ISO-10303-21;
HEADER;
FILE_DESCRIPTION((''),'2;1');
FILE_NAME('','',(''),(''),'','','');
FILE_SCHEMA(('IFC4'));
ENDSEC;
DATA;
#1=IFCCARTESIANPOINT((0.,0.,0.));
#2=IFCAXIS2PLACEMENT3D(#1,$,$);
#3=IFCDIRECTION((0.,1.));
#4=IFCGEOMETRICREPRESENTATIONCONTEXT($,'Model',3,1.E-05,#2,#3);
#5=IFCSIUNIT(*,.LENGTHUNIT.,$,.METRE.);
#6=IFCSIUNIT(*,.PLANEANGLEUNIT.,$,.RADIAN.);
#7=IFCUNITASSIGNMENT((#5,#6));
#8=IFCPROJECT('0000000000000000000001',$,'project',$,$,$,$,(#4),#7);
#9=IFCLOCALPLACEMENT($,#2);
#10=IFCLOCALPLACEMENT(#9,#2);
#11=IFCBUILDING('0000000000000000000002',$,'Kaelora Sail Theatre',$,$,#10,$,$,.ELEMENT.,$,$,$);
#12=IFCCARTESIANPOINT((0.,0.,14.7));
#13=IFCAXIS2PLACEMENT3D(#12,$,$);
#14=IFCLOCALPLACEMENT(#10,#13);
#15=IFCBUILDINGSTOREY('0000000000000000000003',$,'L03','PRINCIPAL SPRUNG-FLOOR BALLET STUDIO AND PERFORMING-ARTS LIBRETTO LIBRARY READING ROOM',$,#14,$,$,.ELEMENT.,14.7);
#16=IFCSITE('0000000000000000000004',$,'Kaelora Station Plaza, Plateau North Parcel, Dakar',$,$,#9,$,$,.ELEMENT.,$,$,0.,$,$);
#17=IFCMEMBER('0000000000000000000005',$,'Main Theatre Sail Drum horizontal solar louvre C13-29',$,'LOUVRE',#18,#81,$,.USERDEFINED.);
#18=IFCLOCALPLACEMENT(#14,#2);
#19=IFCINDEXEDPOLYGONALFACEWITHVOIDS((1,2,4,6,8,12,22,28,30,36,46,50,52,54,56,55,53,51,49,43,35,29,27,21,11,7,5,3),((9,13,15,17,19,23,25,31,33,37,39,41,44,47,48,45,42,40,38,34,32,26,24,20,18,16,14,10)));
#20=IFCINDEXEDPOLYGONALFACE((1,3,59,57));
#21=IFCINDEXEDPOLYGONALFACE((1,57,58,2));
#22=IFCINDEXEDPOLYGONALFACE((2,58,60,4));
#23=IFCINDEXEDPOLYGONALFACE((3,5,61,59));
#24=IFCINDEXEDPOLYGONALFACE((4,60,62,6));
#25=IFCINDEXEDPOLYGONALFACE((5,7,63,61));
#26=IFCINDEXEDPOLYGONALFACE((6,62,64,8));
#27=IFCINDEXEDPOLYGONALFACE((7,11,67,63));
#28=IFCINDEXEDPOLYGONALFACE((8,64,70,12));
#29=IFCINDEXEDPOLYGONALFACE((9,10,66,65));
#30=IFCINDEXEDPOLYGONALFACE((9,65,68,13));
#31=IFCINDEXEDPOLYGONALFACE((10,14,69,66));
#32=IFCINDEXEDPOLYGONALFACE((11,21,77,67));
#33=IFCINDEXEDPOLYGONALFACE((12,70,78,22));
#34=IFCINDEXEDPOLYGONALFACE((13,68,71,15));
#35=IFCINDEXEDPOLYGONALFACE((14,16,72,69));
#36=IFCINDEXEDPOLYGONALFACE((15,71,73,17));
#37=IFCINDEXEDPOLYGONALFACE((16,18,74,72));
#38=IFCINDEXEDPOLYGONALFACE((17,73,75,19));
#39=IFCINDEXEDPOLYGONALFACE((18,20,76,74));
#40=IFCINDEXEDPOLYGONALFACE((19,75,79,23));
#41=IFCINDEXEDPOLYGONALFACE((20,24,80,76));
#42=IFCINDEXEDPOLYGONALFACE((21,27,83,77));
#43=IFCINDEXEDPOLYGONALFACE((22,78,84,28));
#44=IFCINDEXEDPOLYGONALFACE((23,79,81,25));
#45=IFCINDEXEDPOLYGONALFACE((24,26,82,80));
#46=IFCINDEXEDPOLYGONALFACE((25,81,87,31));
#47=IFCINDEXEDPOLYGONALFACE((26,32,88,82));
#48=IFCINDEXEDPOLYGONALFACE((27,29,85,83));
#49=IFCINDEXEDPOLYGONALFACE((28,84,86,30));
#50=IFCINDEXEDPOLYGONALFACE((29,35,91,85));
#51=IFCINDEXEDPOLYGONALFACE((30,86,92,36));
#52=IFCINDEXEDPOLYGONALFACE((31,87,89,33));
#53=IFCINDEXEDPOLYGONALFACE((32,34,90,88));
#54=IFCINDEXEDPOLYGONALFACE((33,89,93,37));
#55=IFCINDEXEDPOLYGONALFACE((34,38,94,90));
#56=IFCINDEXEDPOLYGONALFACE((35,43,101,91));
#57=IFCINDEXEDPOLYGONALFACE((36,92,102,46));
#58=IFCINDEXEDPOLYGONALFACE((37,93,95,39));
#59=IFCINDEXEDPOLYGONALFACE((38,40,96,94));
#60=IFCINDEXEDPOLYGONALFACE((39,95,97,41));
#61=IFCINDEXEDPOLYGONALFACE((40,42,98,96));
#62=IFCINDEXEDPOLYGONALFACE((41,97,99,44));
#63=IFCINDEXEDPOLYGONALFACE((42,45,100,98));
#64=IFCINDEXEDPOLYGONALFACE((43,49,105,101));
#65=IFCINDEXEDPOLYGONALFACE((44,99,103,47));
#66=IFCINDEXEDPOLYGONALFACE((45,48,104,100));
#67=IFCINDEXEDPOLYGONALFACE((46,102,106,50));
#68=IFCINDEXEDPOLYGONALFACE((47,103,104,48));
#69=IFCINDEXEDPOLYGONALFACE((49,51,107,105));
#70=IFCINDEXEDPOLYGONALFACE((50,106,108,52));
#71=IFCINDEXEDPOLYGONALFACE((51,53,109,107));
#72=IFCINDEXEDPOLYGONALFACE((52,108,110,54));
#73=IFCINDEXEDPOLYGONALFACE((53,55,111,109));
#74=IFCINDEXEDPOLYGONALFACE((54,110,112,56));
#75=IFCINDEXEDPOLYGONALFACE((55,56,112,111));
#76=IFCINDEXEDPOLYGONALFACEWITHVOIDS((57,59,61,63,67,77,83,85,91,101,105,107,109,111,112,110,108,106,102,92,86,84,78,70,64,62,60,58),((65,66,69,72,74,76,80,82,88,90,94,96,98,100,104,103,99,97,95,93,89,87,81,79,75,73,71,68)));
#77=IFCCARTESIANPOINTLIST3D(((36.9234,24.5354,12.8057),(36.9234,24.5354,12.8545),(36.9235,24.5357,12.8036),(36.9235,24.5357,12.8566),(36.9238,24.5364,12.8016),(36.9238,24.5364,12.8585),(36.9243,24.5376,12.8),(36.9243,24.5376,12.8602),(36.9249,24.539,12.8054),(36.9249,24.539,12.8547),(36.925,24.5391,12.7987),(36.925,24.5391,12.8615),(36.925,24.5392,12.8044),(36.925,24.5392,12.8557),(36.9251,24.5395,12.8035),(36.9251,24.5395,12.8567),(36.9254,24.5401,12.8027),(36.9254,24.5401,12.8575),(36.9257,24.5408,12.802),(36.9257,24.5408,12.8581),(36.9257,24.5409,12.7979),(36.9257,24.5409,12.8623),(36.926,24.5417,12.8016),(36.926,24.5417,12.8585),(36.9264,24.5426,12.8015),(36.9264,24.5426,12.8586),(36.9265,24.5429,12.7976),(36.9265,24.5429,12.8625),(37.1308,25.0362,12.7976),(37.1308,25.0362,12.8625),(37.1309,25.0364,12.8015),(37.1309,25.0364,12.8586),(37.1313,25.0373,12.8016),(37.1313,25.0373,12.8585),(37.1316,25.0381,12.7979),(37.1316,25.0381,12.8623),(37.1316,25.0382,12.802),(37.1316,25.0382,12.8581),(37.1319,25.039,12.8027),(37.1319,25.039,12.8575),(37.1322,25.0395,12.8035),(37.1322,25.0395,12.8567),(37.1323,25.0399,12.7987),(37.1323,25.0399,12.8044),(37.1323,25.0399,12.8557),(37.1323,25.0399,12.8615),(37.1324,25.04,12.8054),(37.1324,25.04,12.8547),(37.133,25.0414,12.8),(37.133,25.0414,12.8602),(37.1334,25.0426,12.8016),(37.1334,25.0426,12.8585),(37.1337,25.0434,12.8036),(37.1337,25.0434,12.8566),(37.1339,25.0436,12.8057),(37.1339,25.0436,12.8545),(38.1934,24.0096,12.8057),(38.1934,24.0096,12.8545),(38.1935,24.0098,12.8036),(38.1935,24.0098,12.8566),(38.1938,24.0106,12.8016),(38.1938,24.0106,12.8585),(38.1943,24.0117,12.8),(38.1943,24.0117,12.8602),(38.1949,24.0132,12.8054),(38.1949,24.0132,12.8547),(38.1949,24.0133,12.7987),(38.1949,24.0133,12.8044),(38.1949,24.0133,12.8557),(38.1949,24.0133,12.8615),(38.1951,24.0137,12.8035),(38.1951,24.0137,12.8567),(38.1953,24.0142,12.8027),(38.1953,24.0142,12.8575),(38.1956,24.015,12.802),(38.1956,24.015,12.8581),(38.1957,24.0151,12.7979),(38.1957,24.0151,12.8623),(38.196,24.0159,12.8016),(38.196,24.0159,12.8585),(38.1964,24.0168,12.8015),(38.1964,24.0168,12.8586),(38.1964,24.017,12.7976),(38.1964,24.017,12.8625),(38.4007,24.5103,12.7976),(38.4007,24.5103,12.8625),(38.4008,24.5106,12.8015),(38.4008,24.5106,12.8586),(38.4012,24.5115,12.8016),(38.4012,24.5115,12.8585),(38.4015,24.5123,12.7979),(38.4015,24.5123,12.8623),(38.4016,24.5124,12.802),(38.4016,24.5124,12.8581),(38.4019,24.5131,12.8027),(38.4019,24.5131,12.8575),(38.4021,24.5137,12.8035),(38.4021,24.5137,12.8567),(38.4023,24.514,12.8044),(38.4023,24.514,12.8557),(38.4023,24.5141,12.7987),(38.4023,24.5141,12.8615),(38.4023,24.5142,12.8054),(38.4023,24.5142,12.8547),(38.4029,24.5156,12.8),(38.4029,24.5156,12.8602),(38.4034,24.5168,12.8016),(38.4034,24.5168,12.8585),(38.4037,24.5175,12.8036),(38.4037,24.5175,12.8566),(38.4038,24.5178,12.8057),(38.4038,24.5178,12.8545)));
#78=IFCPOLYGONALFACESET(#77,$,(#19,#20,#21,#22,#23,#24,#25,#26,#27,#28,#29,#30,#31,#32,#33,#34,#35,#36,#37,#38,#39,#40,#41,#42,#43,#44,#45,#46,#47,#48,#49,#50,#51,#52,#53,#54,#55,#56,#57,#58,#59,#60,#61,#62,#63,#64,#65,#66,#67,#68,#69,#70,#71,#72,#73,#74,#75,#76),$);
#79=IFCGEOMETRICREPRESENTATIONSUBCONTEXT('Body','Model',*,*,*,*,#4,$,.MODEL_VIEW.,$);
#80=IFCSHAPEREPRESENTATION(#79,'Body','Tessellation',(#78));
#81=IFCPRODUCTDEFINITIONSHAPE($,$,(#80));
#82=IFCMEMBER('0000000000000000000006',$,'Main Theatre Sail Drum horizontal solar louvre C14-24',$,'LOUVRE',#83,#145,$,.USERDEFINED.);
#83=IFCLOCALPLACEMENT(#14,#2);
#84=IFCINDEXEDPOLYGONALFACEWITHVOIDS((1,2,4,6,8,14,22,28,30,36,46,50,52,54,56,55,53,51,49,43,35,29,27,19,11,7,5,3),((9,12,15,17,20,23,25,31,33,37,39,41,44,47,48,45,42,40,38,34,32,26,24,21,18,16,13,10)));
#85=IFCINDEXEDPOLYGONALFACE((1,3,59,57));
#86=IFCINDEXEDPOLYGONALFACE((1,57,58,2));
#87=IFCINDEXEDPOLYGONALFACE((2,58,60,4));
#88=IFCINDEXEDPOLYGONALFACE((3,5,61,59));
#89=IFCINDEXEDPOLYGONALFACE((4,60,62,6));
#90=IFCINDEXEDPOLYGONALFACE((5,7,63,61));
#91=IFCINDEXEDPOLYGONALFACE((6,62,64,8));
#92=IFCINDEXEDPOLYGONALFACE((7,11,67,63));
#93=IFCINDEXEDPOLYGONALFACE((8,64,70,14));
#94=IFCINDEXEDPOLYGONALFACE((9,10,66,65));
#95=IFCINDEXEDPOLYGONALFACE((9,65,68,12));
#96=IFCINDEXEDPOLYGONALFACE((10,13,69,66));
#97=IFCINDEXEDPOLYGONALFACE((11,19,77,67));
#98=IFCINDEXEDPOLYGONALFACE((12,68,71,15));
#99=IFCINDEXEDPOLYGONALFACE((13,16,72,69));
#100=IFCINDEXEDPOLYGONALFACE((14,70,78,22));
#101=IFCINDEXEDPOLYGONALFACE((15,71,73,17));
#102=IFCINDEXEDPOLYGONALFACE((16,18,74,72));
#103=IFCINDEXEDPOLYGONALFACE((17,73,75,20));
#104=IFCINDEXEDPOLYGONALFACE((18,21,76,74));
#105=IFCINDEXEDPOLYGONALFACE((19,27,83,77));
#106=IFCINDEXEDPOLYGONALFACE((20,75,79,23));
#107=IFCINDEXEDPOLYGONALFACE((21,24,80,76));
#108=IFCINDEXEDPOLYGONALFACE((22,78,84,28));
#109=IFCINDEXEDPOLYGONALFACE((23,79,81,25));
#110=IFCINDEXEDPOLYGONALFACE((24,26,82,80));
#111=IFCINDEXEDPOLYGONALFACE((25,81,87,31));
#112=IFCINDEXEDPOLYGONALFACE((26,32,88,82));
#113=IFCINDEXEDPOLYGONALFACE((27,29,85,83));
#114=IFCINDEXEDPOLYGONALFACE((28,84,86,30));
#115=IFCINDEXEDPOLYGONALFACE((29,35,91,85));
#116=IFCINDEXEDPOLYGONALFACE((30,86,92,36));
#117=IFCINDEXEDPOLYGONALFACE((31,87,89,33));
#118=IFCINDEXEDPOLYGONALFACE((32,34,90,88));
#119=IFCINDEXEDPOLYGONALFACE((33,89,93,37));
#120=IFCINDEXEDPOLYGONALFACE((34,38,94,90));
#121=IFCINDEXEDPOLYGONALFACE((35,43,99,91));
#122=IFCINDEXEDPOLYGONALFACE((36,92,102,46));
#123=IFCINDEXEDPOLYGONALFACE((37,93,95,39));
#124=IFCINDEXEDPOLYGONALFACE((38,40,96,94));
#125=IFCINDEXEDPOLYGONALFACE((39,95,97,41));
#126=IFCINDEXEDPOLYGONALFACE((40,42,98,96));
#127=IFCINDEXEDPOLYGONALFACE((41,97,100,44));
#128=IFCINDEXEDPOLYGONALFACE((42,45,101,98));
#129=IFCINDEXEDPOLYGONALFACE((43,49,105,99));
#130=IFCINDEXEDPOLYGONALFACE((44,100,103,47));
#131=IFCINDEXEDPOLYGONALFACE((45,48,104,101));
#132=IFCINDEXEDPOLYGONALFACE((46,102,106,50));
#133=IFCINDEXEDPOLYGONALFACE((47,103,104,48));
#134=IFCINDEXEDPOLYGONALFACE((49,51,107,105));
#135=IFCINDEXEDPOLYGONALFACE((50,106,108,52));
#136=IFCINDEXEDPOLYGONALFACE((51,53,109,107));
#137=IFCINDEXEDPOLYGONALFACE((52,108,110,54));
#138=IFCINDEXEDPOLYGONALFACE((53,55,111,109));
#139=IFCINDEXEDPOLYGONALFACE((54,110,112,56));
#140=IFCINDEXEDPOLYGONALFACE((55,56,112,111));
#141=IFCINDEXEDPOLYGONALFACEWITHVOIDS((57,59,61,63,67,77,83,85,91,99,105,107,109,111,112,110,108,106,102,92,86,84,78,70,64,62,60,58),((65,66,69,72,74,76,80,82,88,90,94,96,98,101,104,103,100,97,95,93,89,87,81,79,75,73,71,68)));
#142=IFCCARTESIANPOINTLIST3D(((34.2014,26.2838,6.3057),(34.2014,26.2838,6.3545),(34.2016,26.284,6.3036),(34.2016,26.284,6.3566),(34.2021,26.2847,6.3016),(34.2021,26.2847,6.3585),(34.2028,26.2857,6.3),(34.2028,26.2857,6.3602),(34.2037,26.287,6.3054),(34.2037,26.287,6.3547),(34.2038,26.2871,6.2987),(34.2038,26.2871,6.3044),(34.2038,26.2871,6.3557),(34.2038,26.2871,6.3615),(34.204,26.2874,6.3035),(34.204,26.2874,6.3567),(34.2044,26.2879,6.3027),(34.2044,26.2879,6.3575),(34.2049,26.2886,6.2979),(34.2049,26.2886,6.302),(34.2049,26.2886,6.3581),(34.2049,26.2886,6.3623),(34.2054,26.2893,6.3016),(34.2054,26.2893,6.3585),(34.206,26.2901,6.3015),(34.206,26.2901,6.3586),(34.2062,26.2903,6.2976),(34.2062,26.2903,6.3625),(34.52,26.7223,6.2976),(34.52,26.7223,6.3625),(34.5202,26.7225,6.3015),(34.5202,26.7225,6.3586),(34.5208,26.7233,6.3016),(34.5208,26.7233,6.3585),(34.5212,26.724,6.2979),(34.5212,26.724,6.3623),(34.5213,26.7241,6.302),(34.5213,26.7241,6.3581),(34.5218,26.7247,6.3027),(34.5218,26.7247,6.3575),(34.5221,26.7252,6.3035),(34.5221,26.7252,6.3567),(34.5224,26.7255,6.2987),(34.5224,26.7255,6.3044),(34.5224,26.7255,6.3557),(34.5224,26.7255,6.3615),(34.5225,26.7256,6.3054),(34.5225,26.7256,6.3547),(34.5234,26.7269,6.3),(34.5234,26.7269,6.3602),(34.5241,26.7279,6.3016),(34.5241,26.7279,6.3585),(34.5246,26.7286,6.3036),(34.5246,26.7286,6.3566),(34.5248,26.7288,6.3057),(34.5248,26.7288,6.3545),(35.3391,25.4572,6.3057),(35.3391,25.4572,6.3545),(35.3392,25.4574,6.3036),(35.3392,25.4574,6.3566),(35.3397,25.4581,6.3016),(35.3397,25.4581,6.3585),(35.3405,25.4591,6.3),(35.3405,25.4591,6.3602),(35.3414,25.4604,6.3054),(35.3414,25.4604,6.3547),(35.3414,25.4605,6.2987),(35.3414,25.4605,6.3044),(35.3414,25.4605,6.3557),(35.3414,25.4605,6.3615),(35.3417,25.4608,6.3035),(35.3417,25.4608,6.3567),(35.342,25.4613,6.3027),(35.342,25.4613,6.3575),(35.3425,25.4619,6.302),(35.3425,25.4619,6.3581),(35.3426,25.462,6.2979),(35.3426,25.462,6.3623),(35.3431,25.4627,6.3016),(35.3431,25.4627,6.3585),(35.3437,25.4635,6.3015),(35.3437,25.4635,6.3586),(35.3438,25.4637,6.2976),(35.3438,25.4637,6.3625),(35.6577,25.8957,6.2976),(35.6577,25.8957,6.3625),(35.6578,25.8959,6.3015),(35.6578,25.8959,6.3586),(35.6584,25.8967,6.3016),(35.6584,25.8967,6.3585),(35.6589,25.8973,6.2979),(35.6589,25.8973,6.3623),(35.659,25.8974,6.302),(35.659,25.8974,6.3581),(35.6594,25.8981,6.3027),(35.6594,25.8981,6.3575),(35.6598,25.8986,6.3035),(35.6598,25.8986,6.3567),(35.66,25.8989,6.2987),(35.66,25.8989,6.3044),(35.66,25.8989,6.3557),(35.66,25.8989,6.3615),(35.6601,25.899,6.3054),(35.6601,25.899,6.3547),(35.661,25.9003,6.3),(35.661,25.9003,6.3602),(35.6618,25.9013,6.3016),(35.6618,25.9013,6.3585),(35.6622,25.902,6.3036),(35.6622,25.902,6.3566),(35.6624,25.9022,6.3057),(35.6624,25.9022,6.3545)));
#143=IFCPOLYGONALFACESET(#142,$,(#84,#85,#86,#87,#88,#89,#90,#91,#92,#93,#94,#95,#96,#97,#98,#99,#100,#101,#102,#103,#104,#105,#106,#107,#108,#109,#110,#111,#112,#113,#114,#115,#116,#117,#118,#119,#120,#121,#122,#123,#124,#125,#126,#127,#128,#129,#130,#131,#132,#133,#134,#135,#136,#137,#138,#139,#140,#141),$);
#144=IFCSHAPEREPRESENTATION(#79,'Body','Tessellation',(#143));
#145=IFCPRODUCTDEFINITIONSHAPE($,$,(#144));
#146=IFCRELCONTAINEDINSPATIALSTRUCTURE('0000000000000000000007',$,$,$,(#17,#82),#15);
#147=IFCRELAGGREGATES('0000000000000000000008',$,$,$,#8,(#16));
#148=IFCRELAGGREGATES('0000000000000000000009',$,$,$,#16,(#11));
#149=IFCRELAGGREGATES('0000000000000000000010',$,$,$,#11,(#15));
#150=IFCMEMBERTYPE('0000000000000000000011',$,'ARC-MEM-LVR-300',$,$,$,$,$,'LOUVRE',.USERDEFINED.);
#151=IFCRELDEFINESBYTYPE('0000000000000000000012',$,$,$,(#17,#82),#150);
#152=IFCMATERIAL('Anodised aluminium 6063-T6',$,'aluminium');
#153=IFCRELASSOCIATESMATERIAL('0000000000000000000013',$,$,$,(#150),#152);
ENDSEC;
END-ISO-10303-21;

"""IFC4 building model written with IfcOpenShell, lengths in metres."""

from ifc_helpers import new_model, si_unit, direction, frame, origin, origin_2d, place, context, subcontext, project, spatial, hollow_rectangle, extrude, material, material_profile, profile_set, type_object, element, save


model = new_model("IFC4")

# Units and contexts
model_context = context("Model", 3, precision=1e-05, world=origin(), true_north=direction((0.0, 1.0)))
body_context = subcontext(model_context, "Body", "Model", "MODEL_VIEW")
ifc_project = project(units=[si_unit("LENGTHUNIT", "METRE"), si_unit("PLANEANGLEUNIT", "RADIAN")], contexts=[model_context])

# Site, building, storey
site_placement = place(None, origin())
site = spatial("IfcSite", under=ifc_project, at=site_placement, Name="Kaelora Station Plaza, Plateau North Parcel, Dakar", CompositionType="ELEMENT", RefElevation=0.0)
building_placement = place(site_placement, origin())
building = spatial("IfcBuilding", under=site, at=building_placement, Name="Kaelora Sail Theatre", CompositionType="ELEMENT")
storey_placement = place(building_placement, frame((0.0, 0.0, 14.7)))
storey = spatial("IfcBuildingStorey", under=building, at=storey_placement, Name="L03", Description="PRINCIPAL SPRUNG-FLOOR BALLET STUDIO AND PERFORMING-ARTS LIBRETTO LIBRARY READING ROOM", CompositionType="ELEMENT", Elevation=14.7)

# Members
ifc_material = material(Name="Anodised aluminium 6063-T6", Category="aluminium")
ifc_material_profile = material_profile(ifc_material, hollow_rectangle(XDim=0.55, YDim=0.0649, WallThickness=0.0039, InnerFilletRadius=0.0039, OuterFilletRadius=0.0081, at=origin_2d()), Name="LOUVRE 550x65x4")
ifc_profile_set = profile_set([ifc_material_profile], Name="Anodised aluminium 6063-T6")
member_type = type_object("IfcMemberType", Name="ARC-MEM-LVR-300", ElementType="LOUVRE", PredefinedType="USERDEFINED", material=ifc_profile_set)
for number, where, z_axis, x_axis, name in (
    (1, (38.2986, 24.2637, 12.8301), (-0.923926, 0.382571, 0.0), (-0.382571, -0.923926, 0.0), "Main Theatre Sail Drum horizontal solar louvre C13-29"),
):
    element("IfcMember", number, at=place(storey_placement, frame(where, z_axis=z_axis, x_axis=x_axis)), inside=storey, type_object=member_type, Name=name, ObjectType="LOUVRE", PredefinedType="USERDEFINED", context=body_context, shape_type="SweptSolid", body=[
        extrude(hollow_rectangle(XDim=0.55, YDim=0.0649, WallThickness=0.0039, InnerFilletRadius=0.0039, OuterFilletRadius=0.0081, at=origin_2d()), origin(), (0.0, 0.0, 1.0), 1.3745),
    ])
for number, where, z_axis, x_axis, name in (
    (2, (35.5007, 25.6797, 6.3301), (-0.808991, 0.587821, 0.0), (-0.587821, -0.808991, 0.0), "Main Theatre Sail Drum horizontal solar louvre C14-24"),
):
    element("IfcMember", number, at=place(storey_placement, frame(where, z_axis=z_axis, x_axis=x_axis)), inside=storey, type_object=member_type, Name=name, ObjectType="LOUVRE", PredefinedType="USERDEFINED", context=body_context, shape_type="SweptSolid", body=[
        extrude(hollow_rectangle(XDim=0.55, YDim=0.0649, WallThickness=0.0039, InnerFilletRadius=0.0039, OuterFilletRadius=0.0081, at=origin_2d()), origin(), (0.0, 0.0, 1.0), 1.4062),
    ])

save(model, "model.ifc")
